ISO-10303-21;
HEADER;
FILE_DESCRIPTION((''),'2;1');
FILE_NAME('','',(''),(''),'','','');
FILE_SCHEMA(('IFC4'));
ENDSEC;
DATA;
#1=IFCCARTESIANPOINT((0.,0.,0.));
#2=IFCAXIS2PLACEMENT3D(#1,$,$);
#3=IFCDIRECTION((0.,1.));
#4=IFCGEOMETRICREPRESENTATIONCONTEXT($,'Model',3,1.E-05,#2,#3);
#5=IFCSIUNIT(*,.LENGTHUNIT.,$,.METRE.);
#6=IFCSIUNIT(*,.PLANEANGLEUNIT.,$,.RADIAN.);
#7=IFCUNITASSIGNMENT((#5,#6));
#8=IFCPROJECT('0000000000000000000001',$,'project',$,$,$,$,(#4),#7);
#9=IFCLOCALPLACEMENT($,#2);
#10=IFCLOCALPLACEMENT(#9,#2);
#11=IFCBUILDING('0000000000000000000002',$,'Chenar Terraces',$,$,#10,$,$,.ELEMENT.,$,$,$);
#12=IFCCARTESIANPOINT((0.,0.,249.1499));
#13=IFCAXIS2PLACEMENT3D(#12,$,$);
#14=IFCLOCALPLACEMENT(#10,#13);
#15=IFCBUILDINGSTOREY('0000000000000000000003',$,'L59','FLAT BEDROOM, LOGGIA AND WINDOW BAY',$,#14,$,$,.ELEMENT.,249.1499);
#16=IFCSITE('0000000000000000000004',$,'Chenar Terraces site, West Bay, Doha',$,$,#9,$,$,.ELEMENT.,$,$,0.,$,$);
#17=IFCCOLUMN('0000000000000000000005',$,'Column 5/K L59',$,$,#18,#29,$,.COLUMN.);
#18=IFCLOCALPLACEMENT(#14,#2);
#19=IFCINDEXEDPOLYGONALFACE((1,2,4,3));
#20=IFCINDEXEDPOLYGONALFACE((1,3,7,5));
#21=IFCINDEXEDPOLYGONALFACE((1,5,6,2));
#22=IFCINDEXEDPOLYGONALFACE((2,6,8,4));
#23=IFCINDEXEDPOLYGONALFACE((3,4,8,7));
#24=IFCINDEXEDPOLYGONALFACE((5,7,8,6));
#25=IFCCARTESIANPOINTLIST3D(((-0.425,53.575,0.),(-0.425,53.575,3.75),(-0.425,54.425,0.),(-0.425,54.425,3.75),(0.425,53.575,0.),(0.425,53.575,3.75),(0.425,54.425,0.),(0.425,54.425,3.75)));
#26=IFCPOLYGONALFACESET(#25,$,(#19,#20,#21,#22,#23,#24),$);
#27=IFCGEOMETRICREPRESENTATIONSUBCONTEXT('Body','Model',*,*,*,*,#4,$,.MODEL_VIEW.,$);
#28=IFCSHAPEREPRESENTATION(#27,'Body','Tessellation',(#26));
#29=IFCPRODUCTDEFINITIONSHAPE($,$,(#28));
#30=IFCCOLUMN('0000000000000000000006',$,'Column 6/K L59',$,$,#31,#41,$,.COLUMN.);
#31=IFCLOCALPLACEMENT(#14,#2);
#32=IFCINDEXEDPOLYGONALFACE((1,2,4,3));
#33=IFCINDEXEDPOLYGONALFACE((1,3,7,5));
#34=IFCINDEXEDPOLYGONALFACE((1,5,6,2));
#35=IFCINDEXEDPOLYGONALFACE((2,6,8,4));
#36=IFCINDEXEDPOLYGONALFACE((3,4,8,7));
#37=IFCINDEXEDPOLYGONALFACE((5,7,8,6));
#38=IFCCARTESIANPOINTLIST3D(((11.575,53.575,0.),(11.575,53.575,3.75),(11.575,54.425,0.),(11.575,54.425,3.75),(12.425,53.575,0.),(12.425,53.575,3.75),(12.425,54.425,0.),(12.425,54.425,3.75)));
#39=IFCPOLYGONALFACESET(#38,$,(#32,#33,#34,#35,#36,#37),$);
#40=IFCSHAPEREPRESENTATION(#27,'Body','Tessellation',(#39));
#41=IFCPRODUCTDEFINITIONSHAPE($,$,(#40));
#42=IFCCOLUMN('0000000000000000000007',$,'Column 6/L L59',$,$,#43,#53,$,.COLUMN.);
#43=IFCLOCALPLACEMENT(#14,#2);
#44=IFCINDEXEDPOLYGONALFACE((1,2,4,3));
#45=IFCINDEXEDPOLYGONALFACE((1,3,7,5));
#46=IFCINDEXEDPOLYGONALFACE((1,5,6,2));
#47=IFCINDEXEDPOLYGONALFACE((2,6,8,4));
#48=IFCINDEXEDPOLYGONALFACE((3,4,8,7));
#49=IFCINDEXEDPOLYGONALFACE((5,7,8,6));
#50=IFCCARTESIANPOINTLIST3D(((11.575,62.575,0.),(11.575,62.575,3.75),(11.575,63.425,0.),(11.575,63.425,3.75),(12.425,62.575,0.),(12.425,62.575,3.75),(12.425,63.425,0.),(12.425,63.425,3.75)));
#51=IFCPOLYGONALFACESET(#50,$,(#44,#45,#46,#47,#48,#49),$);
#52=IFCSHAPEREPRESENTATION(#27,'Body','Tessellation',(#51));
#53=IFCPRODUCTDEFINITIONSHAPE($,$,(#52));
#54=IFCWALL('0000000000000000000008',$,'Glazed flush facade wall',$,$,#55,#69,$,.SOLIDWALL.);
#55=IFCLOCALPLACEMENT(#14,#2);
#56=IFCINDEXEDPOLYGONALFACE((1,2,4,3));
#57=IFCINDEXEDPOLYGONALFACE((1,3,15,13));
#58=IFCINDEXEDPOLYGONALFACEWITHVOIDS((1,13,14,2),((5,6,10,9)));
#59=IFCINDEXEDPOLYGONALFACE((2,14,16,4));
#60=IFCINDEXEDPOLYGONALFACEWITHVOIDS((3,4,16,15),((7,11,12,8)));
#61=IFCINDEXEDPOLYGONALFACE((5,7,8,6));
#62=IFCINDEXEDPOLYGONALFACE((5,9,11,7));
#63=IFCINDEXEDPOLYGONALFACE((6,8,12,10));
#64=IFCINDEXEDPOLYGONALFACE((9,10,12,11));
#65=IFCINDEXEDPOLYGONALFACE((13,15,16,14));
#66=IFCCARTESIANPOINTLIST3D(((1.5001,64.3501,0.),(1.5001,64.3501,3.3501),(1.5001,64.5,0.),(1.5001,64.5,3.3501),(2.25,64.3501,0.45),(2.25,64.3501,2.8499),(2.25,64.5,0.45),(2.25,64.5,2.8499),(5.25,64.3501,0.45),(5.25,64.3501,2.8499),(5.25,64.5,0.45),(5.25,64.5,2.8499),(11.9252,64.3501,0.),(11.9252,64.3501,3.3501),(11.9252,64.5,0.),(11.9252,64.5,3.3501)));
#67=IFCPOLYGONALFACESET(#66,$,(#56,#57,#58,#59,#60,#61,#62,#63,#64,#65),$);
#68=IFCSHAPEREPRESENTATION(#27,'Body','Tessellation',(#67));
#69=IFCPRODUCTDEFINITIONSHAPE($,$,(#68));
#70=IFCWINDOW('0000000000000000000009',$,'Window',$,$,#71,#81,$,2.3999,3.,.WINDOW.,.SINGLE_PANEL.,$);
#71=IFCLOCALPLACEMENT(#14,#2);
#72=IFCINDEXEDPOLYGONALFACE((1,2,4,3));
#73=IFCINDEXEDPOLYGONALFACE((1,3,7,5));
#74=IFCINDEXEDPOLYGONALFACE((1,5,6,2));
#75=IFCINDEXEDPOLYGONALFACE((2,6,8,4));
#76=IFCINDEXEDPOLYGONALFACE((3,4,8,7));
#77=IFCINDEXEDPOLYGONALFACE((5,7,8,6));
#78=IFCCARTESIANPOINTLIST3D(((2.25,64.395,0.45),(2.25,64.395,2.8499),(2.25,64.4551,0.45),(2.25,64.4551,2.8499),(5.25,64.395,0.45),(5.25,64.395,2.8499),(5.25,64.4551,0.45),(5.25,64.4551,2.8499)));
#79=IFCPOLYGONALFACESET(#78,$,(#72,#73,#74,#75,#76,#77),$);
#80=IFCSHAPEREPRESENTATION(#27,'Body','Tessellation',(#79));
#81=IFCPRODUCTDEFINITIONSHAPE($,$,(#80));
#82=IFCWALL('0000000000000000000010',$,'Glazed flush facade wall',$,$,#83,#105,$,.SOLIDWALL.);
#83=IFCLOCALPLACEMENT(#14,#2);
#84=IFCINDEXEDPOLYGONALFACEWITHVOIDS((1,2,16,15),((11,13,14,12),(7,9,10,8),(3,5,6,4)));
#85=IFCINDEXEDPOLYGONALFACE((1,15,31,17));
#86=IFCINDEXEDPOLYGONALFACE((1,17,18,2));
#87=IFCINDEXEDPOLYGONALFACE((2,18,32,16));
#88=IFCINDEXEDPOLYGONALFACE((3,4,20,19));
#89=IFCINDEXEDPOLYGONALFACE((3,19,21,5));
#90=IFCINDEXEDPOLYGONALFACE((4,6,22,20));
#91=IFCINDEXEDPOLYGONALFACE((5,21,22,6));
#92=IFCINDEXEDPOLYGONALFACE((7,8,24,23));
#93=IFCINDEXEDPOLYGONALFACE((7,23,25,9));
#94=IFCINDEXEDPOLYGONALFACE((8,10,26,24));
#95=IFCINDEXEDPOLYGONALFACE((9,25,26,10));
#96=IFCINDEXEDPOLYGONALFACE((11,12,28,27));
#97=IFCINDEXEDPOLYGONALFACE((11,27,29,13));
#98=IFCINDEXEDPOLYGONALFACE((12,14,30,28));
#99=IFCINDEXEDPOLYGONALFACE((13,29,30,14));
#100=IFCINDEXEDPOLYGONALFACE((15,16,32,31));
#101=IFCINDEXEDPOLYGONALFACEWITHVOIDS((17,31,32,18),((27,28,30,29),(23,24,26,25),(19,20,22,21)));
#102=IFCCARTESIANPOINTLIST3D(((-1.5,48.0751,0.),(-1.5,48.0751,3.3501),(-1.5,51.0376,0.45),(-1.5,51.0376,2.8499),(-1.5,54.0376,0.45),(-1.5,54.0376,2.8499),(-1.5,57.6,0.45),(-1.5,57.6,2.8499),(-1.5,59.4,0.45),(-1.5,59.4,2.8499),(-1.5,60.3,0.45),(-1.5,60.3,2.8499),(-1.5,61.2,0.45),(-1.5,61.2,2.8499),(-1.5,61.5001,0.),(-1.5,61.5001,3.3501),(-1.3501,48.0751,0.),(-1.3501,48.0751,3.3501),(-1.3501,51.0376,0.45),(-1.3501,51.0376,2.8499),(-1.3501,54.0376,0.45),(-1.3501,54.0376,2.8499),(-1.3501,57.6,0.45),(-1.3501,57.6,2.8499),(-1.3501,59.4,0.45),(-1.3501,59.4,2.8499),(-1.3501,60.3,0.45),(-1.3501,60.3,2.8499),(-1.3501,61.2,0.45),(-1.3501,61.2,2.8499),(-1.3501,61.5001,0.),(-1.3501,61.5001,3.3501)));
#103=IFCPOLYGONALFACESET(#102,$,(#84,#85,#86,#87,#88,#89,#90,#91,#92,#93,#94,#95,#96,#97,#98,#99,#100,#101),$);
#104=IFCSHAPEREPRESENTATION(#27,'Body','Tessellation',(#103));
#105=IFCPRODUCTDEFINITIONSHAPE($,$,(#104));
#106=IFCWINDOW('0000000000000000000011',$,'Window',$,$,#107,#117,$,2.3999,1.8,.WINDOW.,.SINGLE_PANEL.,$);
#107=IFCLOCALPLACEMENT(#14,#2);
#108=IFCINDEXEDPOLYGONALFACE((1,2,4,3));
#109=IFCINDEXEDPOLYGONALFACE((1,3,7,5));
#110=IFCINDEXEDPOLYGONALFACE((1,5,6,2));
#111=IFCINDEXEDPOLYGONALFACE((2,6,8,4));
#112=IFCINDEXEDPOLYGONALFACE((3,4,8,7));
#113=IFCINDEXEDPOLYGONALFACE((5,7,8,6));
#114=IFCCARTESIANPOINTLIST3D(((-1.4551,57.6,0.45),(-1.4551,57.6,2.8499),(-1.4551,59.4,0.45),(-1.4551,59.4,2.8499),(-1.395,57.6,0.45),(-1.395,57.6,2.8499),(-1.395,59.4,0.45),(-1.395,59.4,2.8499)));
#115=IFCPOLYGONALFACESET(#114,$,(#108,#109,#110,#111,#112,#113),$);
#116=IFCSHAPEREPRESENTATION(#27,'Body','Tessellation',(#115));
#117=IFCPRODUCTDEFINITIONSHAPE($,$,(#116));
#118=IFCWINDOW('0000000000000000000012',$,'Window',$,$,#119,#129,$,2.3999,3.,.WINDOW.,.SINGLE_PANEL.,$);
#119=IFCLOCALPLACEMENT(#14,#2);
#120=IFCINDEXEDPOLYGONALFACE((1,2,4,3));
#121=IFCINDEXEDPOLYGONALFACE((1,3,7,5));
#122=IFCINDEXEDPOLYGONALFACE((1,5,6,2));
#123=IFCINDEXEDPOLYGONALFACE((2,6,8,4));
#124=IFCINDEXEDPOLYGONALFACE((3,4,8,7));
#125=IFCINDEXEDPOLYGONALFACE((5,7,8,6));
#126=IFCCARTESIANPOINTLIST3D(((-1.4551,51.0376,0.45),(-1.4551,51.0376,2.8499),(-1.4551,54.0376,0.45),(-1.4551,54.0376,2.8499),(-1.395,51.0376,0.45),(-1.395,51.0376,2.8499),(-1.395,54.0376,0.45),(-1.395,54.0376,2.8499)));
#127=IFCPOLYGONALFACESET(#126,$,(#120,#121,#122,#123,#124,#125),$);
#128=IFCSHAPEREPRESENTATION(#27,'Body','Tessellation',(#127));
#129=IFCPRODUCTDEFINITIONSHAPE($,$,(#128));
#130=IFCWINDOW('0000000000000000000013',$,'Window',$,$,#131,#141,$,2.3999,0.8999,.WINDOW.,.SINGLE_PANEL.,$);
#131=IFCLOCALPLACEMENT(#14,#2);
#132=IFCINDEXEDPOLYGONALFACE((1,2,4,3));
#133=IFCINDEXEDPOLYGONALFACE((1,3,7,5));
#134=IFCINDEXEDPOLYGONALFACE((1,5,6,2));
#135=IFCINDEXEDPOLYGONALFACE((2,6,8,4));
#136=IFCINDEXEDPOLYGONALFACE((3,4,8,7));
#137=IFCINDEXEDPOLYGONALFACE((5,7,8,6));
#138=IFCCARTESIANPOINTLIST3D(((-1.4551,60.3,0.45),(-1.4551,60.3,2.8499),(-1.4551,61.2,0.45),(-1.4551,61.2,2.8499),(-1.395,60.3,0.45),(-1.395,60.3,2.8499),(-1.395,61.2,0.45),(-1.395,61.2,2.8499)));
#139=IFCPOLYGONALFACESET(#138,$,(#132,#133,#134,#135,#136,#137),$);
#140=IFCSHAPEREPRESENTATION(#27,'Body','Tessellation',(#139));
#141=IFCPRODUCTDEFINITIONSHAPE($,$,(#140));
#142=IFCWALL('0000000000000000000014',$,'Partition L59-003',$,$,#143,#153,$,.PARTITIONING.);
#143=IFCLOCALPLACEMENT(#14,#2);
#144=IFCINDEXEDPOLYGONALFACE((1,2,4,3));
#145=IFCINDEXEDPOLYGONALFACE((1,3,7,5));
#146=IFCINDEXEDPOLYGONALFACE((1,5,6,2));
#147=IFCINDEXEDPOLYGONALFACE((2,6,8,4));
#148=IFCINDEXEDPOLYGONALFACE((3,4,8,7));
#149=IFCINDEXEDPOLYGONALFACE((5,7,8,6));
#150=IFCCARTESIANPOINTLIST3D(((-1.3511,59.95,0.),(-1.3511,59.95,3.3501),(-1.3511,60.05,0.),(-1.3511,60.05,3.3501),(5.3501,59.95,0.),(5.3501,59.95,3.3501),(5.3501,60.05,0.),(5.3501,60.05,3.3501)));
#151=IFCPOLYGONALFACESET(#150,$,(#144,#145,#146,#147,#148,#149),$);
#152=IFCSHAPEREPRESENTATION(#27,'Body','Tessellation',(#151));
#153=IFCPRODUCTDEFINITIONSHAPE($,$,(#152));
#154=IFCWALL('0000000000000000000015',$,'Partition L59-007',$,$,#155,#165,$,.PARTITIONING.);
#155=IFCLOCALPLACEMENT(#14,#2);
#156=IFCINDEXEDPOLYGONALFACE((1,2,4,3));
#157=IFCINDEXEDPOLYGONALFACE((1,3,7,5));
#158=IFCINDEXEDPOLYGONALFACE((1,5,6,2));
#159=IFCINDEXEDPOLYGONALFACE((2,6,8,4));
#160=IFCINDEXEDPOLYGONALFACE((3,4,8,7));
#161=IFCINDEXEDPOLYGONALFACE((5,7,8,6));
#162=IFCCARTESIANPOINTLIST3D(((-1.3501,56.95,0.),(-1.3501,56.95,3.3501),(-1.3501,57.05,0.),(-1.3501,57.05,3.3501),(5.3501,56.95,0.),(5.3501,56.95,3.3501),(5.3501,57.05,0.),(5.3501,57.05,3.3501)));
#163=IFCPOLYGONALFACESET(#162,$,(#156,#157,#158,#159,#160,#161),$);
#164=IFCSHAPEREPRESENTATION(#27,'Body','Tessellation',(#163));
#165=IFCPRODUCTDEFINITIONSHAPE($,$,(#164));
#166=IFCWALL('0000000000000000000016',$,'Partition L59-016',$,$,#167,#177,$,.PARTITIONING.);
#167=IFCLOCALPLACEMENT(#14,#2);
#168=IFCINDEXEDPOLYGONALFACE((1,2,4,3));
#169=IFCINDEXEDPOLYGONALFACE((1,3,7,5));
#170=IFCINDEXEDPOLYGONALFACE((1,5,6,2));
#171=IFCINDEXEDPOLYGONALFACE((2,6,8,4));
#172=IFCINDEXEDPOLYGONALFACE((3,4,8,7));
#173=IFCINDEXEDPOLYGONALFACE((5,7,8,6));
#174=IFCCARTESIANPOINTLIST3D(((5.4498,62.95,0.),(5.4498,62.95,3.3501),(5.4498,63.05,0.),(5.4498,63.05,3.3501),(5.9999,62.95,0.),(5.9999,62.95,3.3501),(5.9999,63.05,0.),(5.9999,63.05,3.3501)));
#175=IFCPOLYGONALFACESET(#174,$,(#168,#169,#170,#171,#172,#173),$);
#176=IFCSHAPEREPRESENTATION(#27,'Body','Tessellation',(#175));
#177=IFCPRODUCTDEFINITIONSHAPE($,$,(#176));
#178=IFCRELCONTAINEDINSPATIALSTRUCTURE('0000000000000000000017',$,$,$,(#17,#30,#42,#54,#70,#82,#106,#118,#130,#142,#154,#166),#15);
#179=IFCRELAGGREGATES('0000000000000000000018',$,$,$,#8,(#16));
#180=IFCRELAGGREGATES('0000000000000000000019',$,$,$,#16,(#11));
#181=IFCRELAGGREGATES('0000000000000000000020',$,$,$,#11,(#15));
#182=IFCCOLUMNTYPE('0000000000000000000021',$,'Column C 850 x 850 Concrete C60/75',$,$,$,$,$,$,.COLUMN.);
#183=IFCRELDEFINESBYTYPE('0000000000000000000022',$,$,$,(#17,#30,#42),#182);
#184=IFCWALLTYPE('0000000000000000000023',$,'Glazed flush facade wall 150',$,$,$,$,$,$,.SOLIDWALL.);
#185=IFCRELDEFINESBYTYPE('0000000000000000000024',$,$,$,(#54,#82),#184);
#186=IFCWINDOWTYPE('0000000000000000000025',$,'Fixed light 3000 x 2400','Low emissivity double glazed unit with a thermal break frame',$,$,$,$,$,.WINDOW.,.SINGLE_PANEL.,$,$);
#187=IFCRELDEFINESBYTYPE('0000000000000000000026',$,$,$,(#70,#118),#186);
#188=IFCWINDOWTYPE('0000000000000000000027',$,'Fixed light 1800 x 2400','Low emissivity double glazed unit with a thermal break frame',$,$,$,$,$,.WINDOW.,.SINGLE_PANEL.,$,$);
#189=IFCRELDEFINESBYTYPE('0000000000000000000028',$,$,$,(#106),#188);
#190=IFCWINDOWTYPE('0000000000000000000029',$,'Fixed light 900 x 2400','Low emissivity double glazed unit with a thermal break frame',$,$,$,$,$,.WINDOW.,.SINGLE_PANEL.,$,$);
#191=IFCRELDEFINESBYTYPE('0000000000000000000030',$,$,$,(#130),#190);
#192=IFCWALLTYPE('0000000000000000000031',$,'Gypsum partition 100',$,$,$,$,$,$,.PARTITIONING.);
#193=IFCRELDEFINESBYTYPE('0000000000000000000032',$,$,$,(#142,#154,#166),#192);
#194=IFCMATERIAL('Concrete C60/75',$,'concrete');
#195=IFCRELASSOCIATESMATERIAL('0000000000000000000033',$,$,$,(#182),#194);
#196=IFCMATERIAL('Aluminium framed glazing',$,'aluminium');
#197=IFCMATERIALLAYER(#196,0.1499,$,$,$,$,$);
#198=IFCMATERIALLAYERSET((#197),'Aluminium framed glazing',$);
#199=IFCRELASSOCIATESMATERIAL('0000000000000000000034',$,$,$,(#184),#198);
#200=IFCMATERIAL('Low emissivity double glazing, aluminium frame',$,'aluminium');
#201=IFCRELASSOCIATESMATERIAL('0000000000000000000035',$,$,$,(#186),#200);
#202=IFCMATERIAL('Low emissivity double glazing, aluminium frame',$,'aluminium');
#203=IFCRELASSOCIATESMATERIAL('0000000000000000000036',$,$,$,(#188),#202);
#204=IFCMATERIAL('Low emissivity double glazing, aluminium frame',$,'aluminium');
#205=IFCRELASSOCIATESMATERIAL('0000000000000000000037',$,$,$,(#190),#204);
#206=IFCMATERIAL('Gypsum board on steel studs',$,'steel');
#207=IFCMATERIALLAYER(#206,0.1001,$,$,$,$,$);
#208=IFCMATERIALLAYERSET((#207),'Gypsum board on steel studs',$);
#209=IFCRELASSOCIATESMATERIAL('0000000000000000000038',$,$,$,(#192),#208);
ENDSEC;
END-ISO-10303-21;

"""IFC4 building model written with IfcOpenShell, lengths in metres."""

from ifc_helpers import new_model, si_unit, direction, frame, frame_2d, origin, origin_2d, place, context, subcontext, project, spatial, rectangle, extrude, material, layer, layer_set, material_profile, profile_set, type_object, element, fill, save


model = new_model("IFC4")

# Units and contexts
model_context = context("Model", 3, precision=1e-05, world=origin(), true_north=direction((0.0, 1.0)))
body_context = subcontext(model_context, "Body", "Model", "MODEL_VIEW")
ifc_project = project(units=[si_unit("LENGTHUNIT", "METRE"), si_unit("PLANEANGLEUNIT", "RADIAN")], contexts=[model_context])

# Site, building, storey
site_placement = place(None, origin())
site = spatial("IfcSite", under=ifc_project, at=site_placement, Name="Chenar Terraces site, West Bay, Doha", CompositionType="ELEMENT", RefElevation=0.0)
building_placement = place(site_placement, origin())
building = spatial("IfcBuilding", under=site, at=building_placement, Name="Chenar Terraces", CompositionType="ELEMENT")
storey_placement = place(building_placement, frame((0.0, 0.0, 249.1499)))
storey = spatial("IfcBuildingStorey", under=building, at=storey_placement, Name="L59", Description="FLAT BEDROOM, LOGGIA AND WINDOW BAY", CompositionType="ELEMENT", Elevation=249.1499)

# Columns
ifc_material_1 = material(Name="Concrete C60/75", Category="concrete")
ifc_material_profile = material_profile(ifc_material_1, rectangle(XDim=0.8501, YDim=0.8501, at=origin_2d()), Name="C 850 x 850")
ifc_profile_set = profile_set([ifc_material_profile], Name="Concrete C60/75")
column_type = type_object("IfcColumnType", Name="Column C 850 x 850 Concrete C60/75", PredefinedType="COLUMN", material=ifc_profile_set)
for number, where, z_axis, x_axis, name in (
    (1, (0.0, 54.0, 0.0), (0.0, 0.0, 1.0), (1.0, 0.0, 0.0), "Column 5/K L59"),
    (2, (12.0, 54.0, 0.0), (0.0, 0.0, 1.0), (1.0, 0.0, 0.0), "Column 6/K L59"),
    (3, (12.0, 63.0, 0.0), (0.0, 0.0, 1.0), (1.0, 0.0, 0.0), "Column 6/L L59"),
):
    element("IfcColumn", number, at=place(storey_placement, frame(where, z_axis=z_axis, x_axis=x_axis)), inside=storey, type_object=column_type, Name=name, PredefinedType="COLUMN", context=body_context, shape_type="SweptSolid", body=[
        extrude(rectangle(XDim=0.8501, YDim=0.8501, at=origin_2d()), origin(), (0.0, 0.0, 1.0), 3.75),
    ])

# Wall, opening, window
ifc_material_2 = material(Name="Aluminium framed glazing", Category="aluminium")
ifc_layer_1 = layer(ifc_material_2, 0.1499)
ifc_layer_set_1 = layer_set([ifc_layer_1], Name="Aluminium framed glazing")
wall_type_1 = type_object("IfcWallType", Name="Glazed flush facade wall 150", PredefinedType="SOLIDWALL", material=ifc_layer_set_1)
wall_1_placement = place(storey_placement, frame((11.925, 64.425, 0.0), z_axis=(0.0, 0.0, 1.0), x_axis=(-1.0, 0.0, 0.0)))
wall_1 = element("IfcWall", 4, at=wall_1_placement, inside=storey, type_object=wall_type_1, Name="Glazed flush facade wall", PredefinedType="SOLIDWALL", context=body_context, shape_type="SweptSolid", body=[
    extrude(rectangle(XDim=10.425, YDim=0.1499, at=frame_2d((5.2124, 0.0))), origin(), (0.0, 0.0, 1.0), 3.3501),
])
opening_1_placement = place(wall_1_placement, frame((6.675, 0.0, 0.45)))
opening_1 = element("IfcOpeningElement", 5, at=opening_1_placement, cuts=wall_1, PredefinedType="OPENING", context=body_context, shape_type="SweptSolid", body=[
    extrude(rectangle(XDim=3.0, YDim=2.3999, at=frame_2d((1.5, 1.2))), frame((0.0, 0.085, 0.0), z_axis=(0.0, -1.0, 0.0), x_axis=(1.0, 0.0, 0.0)), (0.0, 0.0, 1.0), 0.1699),
])
ifc_material_3 = material(Name="Low emissivity double glazing, aluminium frame", Category="aluminium")
window_type_1 = type_object("IfcWindowType", Name="Fixed light 3000 x 2400", Description="Low emissivity double glazed unit with a thermal break frame", PartitioningType="SINGLE_PANEL", PredefinedType="WINDOW", material=ifc_material_3)
window_1_placement = place(opening_1_placement, origin())
window_1 = element("IfcWindow", 6, at=window_1_placement, inside=storey, type_object=window_type_1, Name="Window", OverallHeight=2.3999, OverallWidth=3.0, PartitioningType="SINGLE_PANEL", PredefinedType="WINDOW", context=body_context, shape_type="SweptSolid", body=[
    extrude(rectangle(XDim=3.0, YDim=2.3999, at=frame_2d((1.5, 1.2))), frame((0.0, 0.03, 0.0), z_axis=(0.0, -1.0, 0.0), x_axis=(1.0, 0.0, 0.0)), (0.0, 0.0, 1.0), 0.0601),
])
fill(opening_1, window_1)

# Wall, openings, windows
wall_2_placement = place(storey_placement, frame((-1.425, 61.5, 0.0), z_axis=(0.0, 0.0, 1.0), x_axis=(0.0, -1.0, 0.0)))
wall_2 = element("IfcWall", 7, at=wall_2_placement, inside=storey, type_object=wall_type_1, Name="Glazed flush facade wall", PredefinedType="SOLIDWALL", context=body_context, shape_type="SweptSolid", body=[
    extrude(rectangle(XDim=13.425, YDim=0.1499, at=frame_2d((6.7124, 0.0))), origin(), (0.0, 0.0, 1.0), 3.3501),
])
opening_2_placement = place(wall_2_placement, frame((0.3, 0.0, 0.45)))
opening_2 = element("IfcOpeningElement", 8, at=opening_2_placement, cuts=wall_2, PredefinedType="OPENING", context=body_context, shape_type="SweptSolid", body=[
    extrude(rectangle(XDim=0.8999, YDim=2.3999, at=frame_2d((0.45, 1.2))), frame((0.0, 0.085, 0.0), z_axis=(0.0, -1.0, 0.0), x_axis=(1.0, 0.0, 0.0)), (0.0, 0.0, 1.0), 0.1699),
])
opening_3_placement = place(wall_2_placement, frame((2.1001, 0.0, 0.45)))
opening_3 = element("IfcOpeningElement", 9, at=opening_3_placement, cuts=wall_2, PredefinedType="OPENING", context=body_context, shape_type="SweptSolid", body=[
    extrude(rectangle(XDim=1.8, YDim=2.3999, at=frame_2d((0.8999, 1.2))), frame((0.0, 0.085, 0.0), z_axis=(0.0, -1.0, 0.0), x_axis=(1.0, 0.0, 0.0)), (0.0, 0.0, 1.0), 0.1699),
])
opening_4_placement = place(wall_2_placement, frame((7.4624, 0.0, 0.45)))
opening_4 = element("IfcOpeningElement", 10, at=opening_4_placement, cuts=wall_2, PredefinedType="OPENING", context=body_context, shape_type="SweptSolid", body=[
    extrude(rectangle(XDim=3.0, YDim=2.3999, at=frame_2d((1.5, 1.2))), frame((0.0, 0.085, 0.0), z_axis=(0.0, -1.0, 0.0), x_axis=(1.0, 0.0, 0.0)), (0.0, 0.0, 1.0), 0.1699),
])
ifc_material_4 = material(Name="Low emissivity double glazing, aluminium frame", Category="aluminium")
window_type_2 = type_object("IfcWindowType", Name="Fixed light 1800 x 2400", Description="Low emissivity double glazed unit with a thermal break frame", PartitioningType="SINGLE_PANEL", PredefinedType="WINDOW", material=ifc_material_4)
window_2_placement = place(opening_3_placement, origin())
window_2 = element("IfcWindow", 11, at=window_2_placement, inside=storey, type_object=window_type_2, Name="Window", OverallHeight=2.3999, OverallWidth=1.8, PartitioningType="SINGLE_PANEL", PredefinedType="WINDOW", context=body_context, shape_type="SweptSolid", body=[
    extrude(rectangle(XDim=1.8, YDim=2.3999, at=frame_2d((0.8999, 1.2))), frame((0.0, 0.03, 0.0), z_axis=(0.0, -1.0, 0.0), x_axis=(1.0, 0.0, 0.0)), (0.0, 0.0, 1.0), 0.0601),
])
fill(opening_3, window_2)
window_3_placement = place(opening_4_placement, origin())
window_3 = element("IfcWindow", 12, at=window_3_placement, inside=storey, type_object=window_type_1, Name="Window", OverallHeight=2.3999, OverallWidth=3.0, PartitioningType="SINGLE_PANEL", PredefinedType="WINDOW", context=body_context, shape_type="SweptSolid", body=[
    extrude(rectangle(XDim=3.0, YDim=2.3999, at=frame_2d((1.5, 1.2))), frame((0.0, 0.03, 0.0), z_axis=(0.0, -1.0, 0.0), x_axis=(1.0, 0.0, 0.0)), (0.0, 0.0, 1.0), 0.0601),
])
fill(opening_4, window_3)
ifc_material_5 = material(Name="Low emissivity double glazing, aluminium frame", Category="aluminium")
window_type_3 = type_object("IfcWindowType", Name="Fixed light 900 x 2400", Description="Low emissivity double glazed unit with a thermal break frame", PartitioningType="SINGLE_PANEL", PredefinedType="WINDOW", material=ifc_material_5)
window_4_placement = place(opening_2_placement, origin())
window_4 = element("IfcWindow", 13, at=window_4_placement, inside=storey, type_object=window_type_3, Name="Window", OverallHeight=2.3999, OverallWidth=0.8999, PartitioningType="SINGLE_PANEL", PredefinedType="WINDOW", context=body_context, shape_type="SweptSolid", body=[
    extrude(rectangle(XDim=0.8999, YDim=2.3999, at=frame_2d((0.45, 1.2))), frame((0.0, 0.03, 0.0), z_axis=(0.0, -1.0, 0.0), x_axis=(1.0, 0.0, 0.0)), (0.0, 0.0, 1.0), 0.0601),
])
fill(opening_2, window_4)

# Walls
ifc_material_6 = material(Name="Gypsum board on steel studs", Category="steel")
ifc_layer_2 = layer(ifc_material_6, 0.1001)
ifc_layer_set_2 = layer_set([ifc_layer_2], Name="Gypsum board on steel studs")
wall_type_2 = type_object("IfcWallType", Name="Gypsum partition 100", PredefinedType="PARTITIONING", material=ifc_layer_set_2)
wall_3_placement = place(storey_placement, frame((-1.3511, 60.0, 0.0), z_axis=(0.0, 0.0, 1.0), x_axis=(1.0, 0.0, 0.0)))
element("IfcWall", 14, at=wall_3_placement, inside=storey, type_object=wall_type_2, Name="Partition L59-003", PredefinedType="PARTITIONING", context=body_context, shape_type="SweptSolid", body=[
    extrude(rectangle(XDim=6.7012, YDim=0.1001, at=frame_2d((3.3506, 0.0))), origin(), (0.0, 0.0, 1.0), 3.3501),
])
wall_4_placement = place(storey_placement, frame((-1.3501, 57.0, 0.0), z_axis=(0.0, 0.0, 1.0), x_axis=(1.0, 0.0, 0.0)))
element("IfcWall", 15, at=wall_4_placement, inside=storey, type_object=wall_type_2, Name="Partition L59-007", PredefinedType="PARTITIONING", context=body_context, shape_type="SweptSolid", body=[
    extrude(rectangle(XDim=6.7002, YDim=0.1001, at=frame_2d((3.3501, 0.0))), origin(), (0.0, 0.0, 1.0), 3.3501),
])
wall_5_placement = place(storey_placement, frame((5.45, 63.0, 0.0), z_axis=(0.0, 0.0, 1.0), x_axis=(1.0, 0.0, 0.0)))
element("IfcWall", 16, at=wall_5_placement, inside=storey, type_object=wall_type_2, Name="Partition L59-016", PredefinedType="PARTITIONING", context=body_context, shape_type="SweptSolid", body=[
    extrude(rectangle(XDim=0.55, YDim=0.1001, at=frame_2d((0.2749, 0.0))), origin(), (0.0, 0.0, 1.0), 3.3501),
])

save(model, "model.ifc")
